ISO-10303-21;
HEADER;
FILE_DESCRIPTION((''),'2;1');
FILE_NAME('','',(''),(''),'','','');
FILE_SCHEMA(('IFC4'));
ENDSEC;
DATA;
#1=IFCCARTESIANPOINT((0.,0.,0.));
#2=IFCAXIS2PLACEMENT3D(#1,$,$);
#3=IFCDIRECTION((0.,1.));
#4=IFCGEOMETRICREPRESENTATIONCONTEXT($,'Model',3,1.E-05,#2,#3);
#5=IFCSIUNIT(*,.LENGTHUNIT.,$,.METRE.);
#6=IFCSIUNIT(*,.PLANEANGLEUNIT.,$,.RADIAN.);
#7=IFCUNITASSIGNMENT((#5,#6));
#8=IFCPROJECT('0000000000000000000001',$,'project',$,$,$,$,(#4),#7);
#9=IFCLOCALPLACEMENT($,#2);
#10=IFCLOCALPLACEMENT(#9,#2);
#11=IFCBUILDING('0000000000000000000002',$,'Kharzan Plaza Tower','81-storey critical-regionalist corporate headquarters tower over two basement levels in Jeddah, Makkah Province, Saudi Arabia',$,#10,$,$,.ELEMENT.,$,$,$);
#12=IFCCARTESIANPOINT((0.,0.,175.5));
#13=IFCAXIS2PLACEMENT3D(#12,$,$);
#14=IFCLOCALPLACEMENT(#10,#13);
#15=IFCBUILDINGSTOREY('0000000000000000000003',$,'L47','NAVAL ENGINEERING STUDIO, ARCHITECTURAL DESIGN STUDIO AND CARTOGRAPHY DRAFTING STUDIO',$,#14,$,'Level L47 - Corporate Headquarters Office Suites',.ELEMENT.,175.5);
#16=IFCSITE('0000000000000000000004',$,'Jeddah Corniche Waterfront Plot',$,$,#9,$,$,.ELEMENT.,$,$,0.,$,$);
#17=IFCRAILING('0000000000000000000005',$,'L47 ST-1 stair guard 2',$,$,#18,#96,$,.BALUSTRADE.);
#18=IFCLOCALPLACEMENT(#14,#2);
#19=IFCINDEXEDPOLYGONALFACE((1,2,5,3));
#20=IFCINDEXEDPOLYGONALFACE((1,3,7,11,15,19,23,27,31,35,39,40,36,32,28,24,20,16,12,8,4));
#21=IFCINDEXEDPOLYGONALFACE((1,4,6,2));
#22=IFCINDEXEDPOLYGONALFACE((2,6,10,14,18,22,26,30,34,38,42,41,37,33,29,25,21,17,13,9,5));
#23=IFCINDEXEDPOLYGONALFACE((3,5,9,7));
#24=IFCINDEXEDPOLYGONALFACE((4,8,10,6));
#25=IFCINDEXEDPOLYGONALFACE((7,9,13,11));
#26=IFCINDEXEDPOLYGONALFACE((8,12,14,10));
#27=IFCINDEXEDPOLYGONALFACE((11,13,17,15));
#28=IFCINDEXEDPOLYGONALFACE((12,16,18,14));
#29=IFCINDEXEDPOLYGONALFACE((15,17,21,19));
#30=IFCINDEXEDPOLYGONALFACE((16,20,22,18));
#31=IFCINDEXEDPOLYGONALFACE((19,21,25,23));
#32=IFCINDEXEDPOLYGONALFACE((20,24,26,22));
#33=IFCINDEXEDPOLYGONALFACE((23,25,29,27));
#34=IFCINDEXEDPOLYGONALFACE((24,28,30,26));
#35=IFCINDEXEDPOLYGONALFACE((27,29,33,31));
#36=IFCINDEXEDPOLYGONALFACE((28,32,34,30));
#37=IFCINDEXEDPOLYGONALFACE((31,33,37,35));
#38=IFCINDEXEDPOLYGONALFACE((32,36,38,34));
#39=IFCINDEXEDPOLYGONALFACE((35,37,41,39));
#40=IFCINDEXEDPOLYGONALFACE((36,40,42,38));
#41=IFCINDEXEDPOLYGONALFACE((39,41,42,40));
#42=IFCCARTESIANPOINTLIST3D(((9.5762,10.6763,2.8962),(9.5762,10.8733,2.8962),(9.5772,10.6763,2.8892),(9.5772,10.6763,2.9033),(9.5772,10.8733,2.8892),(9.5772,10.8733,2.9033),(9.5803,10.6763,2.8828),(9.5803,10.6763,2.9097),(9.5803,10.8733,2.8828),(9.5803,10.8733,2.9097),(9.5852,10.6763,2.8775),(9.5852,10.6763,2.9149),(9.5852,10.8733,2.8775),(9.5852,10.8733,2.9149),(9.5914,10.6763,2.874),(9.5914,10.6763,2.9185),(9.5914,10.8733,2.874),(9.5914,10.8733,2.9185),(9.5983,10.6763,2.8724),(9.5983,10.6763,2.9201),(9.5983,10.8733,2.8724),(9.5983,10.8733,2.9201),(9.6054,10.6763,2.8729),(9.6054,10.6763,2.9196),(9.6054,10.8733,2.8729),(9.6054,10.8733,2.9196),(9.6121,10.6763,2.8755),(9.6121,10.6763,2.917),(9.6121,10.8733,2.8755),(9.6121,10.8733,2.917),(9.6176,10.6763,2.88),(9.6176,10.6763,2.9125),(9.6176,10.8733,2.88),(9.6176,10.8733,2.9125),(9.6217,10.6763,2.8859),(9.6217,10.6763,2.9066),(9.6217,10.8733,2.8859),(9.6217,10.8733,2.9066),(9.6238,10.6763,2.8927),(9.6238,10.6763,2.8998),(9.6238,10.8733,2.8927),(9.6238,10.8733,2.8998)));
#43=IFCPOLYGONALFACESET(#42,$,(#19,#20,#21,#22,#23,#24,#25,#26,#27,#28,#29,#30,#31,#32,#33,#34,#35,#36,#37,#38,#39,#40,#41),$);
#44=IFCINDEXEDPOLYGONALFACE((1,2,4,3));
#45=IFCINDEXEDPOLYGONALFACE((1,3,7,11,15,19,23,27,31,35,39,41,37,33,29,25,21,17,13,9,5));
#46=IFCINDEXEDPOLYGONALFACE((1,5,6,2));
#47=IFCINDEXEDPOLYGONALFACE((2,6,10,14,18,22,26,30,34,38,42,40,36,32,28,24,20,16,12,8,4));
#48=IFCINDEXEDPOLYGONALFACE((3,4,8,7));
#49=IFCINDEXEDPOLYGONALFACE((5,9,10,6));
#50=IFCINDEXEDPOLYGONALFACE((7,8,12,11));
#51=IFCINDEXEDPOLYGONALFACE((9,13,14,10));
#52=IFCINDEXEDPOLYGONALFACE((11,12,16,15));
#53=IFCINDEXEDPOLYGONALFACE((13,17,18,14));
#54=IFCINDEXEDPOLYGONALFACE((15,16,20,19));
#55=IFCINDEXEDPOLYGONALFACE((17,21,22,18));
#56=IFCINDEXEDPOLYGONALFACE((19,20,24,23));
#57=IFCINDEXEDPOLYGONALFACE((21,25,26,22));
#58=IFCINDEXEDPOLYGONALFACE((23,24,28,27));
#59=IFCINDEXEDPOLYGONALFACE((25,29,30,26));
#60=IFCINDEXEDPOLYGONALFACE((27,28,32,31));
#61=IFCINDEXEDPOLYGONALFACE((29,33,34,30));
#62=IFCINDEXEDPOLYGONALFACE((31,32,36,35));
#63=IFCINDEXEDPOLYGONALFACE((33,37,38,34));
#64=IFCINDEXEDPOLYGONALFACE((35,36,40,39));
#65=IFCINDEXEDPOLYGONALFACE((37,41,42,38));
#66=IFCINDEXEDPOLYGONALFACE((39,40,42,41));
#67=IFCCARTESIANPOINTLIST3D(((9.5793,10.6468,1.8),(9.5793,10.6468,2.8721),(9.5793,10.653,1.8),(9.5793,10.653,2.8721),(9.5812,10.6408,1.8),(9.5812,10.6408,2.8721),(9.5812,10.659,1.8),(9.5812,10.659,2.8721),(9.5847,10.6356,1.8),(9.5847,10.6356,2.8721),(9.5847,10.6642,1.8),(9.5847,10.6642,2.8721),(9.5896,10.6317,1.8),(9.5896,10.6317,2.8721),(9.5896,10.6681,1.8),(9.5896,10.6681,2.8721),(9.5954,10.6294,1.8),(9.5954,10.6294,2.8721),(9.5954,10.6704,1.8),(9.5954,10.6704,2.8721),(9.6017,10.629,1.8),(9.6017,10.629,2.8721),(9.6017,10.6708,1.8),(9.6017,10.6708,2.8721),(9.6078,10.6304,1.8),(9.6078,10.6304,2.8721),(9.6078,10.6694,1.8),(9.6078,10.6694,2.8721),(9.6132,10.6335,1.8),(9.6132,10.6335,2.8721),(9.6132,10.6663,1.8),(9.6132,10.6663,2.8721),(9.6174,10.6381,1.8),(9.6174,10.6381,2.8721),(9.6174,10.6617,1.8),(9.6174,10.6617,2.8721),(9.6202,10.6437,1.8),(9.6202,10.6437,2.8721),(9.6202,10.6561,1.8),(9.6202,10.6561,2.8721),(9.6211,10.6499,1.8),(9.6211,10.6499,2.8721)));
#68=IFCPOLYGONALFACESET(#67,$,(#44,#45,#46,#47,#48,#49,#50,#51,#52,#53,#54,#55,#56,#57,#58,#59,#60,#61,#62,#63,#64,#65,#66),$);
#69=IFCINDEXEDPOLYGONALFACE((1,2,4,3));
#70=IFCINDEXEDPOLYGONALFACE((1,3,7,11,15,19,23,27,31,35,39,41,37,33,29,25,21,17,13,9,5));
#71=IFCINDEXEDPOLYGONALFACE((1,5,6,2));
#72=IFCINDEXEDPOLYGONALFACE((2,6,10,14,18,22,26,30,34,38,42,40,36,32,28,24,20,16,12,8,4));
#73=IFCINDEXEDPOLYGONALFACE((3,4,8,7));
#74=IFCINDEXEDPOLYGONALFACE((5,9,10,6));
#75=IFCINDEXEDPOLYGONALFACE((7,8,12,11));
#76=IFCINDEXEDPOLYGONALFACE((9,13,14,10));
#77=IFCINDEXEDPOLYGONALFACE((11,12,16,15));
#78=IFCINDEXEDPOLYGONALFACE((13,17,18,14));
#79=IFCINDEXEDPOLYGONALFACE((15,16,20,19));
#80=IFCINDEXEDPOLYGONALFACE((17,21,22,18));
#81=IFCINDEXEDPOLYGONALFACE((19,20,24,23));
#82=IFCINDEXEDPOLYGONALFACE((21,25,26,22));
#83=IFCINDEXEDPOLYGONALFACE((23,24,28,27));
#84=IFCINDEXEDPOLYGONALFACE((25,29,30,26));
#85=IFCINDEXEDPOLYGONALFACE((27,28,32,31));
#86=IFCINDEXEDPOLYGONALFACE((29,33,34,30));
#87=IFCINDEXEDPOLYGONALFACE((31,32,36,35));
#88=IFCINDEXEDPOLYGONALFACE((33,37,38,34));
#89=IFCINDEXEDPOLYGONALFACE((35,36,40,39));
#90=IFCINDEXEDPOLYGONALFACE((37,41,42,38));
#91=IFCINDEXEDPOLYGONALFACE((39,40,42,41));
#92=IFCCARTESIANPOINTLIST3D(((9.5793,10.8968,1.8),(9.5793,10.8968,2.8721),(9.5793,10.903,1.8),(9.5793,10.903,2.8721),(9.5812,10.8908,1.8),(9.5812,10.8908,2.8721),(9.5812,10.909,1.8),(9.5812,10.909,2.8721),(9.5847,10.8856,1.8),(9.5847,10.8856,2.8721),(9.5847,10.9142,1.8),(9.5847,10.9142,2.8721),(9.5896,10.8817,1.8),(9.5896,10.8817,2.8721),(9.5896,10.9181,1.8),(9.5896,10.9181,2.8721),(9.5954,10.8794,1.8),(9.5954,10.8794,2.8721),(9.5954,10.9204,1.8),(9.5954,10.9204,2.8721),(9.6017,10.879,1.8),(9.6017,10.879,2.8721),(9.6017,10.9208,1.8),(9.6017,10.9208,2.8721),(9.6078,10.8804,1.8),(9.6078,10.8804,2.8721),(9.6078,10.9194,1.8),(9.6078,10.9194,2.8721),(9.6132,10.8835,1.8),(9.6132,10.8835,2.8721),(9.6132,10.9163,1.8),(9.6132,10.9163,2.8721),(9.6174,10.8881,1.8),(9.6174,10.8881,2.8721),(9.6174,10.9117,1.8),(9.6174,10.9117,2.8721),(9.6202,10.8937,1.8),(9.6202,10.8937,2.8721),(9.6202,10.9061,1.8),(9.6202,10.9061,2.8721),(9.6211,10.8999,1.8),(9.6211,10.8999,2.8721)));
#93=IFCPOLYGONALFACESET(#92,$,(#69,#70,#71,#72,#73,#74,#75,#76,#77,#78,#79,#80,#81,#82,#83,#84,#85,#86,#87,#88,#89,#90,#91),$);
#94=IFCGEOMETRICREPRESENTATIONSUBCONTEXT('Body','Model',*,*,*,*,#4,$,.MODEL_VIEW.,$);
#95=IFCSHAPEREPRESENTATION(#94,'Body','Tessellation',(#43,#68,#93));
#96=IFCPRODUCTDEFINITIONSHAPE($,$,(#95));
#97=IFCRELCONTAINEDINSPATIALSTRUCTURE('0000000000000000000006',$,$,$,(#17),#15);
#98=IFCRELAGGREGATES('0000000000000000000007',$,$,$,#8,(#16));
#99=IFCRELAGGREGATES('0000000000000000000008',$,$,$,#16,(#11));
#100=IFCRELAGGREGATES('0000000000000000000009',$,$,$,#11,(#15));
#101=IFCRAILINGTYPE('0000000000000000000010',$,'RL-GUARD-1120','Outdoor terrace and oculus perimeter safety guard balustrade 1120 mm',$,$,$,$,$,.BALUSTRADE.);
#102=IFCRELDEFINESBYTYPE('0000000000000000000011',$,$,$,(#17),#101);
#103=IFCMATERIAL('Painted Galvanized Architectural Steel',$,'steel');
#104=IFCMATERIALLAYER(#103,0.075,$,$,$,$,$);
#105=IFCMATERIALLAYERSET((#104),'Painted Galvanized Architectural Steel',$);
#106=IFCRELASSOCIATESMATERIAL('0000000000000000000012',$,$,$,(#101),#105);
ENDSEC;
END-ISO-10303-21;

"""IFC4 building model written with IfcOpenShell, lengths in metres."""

from ifc_helpers import new_model, si_unit, direction, frame, origin, origin_2d, place, context, subcontext, project, spatial, circle, extrude, source, transform, mapped, material, layer, layer_set, type_object, element, save


model = new_model("IFC4")

# Units and contexts
model_context = context("Model", 3, precision=1e-05, world=origin(), true_north=direction((0.0, 1.0)))
body_context = subcontext(model_context, "Body", "Model", "MODEL_VIEW")
ifc_project = project(units=[si_unit("LENGTHUNIT", "METRE"), si_unit("PLANEANGLEUNIT", "RADIAN")], contexts=[model_context])

# Site, building, storey
site_placement = place(None, origin())
site = spatial("IfcSite", under=ifc_project, at=site_placement, Name="Jeddah Corniche Waterfront Plot", CompositionType="ELEMENT", RefElevation=0.0)
building_placement = place(site_placement, origin())
building = spatial("IfcBuilding", under=site, at=building_placement, Name="Kharzan Plaza Tower", Description="81-storey critical-regionalist corporate headquarters tower over two basement levels in Jeddah, Makkah Province, Saudi Arabia", CompositionType="ELEMENT")
storey_placement = place(building_placement, frame((0.0, 0.0, 175.5)))
storey = spatial("IfcBuildingStorey", under=building, at=storey_placement, Name="L47", Description="NAVAL ENGINEERING STUDIO, ARCHITECTURAL DESIGN STUDIO AND CARTOGRAPHY DRAFTING STUDIO", LongName="Level L47 - Corporate Headquarters Office Suites", CompositionType="ELEMENT", Elevation=175.5)

# Railing
ifc_material_1 = material(Name="Painted Galvanized Architectural Steel", Category="steel")
ifc_layer_1 = layer(ifc_material_1, 0.075)
ifc_layer_set_1 = layer_set([ifc_layer_1], Name="Painted Galvanized Architectural Steel")
railing_type = type_object("IfcRailingType", Name="RL-GUARD-1120", Description="Outdoor terrace and oculus perimeter safety guard balustrade 1120 mm", PredefinedType="BALUSTRADE", material=ifc_layer_set_1)
shared_shape_1 = source(origin(), body_context, "Body", "SweptSolid", [
    extrude(circle(Radius=0.0239, at=origin_2d()), frame((0.0, 0.0264, 1.0962), z_axis=(0.0, 1.0, 0.0), x_axis=(-1.0, 0.0, 0.0)), (0.0, 0.0, 1.0), 0.197),
    extrude(circle(Radius=0.021, at=origin_2d()), origin(), (0.0, 0.0, 1.0), 1.072),
    extrude(circle(Radius=0.021, at=origin_2d()), frame((0.0, 0.25, 0.0)), (0.0, 0.0, 1.0), 1.072),
])
railing_1_placement = place(storey_placement, frame((9.6001, 10.6499, 1.8)))
element("IfcRailing", 1, at=railing_1_placement, inside=storey, type_object=railing_type, Name="L47 ST-1 stair guard 2", PredefinedType="BALUSTRADE", context=body_context, shape_type="MappedRepresentation", body=[
    mapped(shared_shape_1, transform((0.0, 0.0, 0.0), x_axis=(1.0, 0.0, 0.0), y_axis=(0.0, 1.0, 0.0), z_axis=(0.0, 0.0, 1.0))),
])

save(model, "model.ifc")
